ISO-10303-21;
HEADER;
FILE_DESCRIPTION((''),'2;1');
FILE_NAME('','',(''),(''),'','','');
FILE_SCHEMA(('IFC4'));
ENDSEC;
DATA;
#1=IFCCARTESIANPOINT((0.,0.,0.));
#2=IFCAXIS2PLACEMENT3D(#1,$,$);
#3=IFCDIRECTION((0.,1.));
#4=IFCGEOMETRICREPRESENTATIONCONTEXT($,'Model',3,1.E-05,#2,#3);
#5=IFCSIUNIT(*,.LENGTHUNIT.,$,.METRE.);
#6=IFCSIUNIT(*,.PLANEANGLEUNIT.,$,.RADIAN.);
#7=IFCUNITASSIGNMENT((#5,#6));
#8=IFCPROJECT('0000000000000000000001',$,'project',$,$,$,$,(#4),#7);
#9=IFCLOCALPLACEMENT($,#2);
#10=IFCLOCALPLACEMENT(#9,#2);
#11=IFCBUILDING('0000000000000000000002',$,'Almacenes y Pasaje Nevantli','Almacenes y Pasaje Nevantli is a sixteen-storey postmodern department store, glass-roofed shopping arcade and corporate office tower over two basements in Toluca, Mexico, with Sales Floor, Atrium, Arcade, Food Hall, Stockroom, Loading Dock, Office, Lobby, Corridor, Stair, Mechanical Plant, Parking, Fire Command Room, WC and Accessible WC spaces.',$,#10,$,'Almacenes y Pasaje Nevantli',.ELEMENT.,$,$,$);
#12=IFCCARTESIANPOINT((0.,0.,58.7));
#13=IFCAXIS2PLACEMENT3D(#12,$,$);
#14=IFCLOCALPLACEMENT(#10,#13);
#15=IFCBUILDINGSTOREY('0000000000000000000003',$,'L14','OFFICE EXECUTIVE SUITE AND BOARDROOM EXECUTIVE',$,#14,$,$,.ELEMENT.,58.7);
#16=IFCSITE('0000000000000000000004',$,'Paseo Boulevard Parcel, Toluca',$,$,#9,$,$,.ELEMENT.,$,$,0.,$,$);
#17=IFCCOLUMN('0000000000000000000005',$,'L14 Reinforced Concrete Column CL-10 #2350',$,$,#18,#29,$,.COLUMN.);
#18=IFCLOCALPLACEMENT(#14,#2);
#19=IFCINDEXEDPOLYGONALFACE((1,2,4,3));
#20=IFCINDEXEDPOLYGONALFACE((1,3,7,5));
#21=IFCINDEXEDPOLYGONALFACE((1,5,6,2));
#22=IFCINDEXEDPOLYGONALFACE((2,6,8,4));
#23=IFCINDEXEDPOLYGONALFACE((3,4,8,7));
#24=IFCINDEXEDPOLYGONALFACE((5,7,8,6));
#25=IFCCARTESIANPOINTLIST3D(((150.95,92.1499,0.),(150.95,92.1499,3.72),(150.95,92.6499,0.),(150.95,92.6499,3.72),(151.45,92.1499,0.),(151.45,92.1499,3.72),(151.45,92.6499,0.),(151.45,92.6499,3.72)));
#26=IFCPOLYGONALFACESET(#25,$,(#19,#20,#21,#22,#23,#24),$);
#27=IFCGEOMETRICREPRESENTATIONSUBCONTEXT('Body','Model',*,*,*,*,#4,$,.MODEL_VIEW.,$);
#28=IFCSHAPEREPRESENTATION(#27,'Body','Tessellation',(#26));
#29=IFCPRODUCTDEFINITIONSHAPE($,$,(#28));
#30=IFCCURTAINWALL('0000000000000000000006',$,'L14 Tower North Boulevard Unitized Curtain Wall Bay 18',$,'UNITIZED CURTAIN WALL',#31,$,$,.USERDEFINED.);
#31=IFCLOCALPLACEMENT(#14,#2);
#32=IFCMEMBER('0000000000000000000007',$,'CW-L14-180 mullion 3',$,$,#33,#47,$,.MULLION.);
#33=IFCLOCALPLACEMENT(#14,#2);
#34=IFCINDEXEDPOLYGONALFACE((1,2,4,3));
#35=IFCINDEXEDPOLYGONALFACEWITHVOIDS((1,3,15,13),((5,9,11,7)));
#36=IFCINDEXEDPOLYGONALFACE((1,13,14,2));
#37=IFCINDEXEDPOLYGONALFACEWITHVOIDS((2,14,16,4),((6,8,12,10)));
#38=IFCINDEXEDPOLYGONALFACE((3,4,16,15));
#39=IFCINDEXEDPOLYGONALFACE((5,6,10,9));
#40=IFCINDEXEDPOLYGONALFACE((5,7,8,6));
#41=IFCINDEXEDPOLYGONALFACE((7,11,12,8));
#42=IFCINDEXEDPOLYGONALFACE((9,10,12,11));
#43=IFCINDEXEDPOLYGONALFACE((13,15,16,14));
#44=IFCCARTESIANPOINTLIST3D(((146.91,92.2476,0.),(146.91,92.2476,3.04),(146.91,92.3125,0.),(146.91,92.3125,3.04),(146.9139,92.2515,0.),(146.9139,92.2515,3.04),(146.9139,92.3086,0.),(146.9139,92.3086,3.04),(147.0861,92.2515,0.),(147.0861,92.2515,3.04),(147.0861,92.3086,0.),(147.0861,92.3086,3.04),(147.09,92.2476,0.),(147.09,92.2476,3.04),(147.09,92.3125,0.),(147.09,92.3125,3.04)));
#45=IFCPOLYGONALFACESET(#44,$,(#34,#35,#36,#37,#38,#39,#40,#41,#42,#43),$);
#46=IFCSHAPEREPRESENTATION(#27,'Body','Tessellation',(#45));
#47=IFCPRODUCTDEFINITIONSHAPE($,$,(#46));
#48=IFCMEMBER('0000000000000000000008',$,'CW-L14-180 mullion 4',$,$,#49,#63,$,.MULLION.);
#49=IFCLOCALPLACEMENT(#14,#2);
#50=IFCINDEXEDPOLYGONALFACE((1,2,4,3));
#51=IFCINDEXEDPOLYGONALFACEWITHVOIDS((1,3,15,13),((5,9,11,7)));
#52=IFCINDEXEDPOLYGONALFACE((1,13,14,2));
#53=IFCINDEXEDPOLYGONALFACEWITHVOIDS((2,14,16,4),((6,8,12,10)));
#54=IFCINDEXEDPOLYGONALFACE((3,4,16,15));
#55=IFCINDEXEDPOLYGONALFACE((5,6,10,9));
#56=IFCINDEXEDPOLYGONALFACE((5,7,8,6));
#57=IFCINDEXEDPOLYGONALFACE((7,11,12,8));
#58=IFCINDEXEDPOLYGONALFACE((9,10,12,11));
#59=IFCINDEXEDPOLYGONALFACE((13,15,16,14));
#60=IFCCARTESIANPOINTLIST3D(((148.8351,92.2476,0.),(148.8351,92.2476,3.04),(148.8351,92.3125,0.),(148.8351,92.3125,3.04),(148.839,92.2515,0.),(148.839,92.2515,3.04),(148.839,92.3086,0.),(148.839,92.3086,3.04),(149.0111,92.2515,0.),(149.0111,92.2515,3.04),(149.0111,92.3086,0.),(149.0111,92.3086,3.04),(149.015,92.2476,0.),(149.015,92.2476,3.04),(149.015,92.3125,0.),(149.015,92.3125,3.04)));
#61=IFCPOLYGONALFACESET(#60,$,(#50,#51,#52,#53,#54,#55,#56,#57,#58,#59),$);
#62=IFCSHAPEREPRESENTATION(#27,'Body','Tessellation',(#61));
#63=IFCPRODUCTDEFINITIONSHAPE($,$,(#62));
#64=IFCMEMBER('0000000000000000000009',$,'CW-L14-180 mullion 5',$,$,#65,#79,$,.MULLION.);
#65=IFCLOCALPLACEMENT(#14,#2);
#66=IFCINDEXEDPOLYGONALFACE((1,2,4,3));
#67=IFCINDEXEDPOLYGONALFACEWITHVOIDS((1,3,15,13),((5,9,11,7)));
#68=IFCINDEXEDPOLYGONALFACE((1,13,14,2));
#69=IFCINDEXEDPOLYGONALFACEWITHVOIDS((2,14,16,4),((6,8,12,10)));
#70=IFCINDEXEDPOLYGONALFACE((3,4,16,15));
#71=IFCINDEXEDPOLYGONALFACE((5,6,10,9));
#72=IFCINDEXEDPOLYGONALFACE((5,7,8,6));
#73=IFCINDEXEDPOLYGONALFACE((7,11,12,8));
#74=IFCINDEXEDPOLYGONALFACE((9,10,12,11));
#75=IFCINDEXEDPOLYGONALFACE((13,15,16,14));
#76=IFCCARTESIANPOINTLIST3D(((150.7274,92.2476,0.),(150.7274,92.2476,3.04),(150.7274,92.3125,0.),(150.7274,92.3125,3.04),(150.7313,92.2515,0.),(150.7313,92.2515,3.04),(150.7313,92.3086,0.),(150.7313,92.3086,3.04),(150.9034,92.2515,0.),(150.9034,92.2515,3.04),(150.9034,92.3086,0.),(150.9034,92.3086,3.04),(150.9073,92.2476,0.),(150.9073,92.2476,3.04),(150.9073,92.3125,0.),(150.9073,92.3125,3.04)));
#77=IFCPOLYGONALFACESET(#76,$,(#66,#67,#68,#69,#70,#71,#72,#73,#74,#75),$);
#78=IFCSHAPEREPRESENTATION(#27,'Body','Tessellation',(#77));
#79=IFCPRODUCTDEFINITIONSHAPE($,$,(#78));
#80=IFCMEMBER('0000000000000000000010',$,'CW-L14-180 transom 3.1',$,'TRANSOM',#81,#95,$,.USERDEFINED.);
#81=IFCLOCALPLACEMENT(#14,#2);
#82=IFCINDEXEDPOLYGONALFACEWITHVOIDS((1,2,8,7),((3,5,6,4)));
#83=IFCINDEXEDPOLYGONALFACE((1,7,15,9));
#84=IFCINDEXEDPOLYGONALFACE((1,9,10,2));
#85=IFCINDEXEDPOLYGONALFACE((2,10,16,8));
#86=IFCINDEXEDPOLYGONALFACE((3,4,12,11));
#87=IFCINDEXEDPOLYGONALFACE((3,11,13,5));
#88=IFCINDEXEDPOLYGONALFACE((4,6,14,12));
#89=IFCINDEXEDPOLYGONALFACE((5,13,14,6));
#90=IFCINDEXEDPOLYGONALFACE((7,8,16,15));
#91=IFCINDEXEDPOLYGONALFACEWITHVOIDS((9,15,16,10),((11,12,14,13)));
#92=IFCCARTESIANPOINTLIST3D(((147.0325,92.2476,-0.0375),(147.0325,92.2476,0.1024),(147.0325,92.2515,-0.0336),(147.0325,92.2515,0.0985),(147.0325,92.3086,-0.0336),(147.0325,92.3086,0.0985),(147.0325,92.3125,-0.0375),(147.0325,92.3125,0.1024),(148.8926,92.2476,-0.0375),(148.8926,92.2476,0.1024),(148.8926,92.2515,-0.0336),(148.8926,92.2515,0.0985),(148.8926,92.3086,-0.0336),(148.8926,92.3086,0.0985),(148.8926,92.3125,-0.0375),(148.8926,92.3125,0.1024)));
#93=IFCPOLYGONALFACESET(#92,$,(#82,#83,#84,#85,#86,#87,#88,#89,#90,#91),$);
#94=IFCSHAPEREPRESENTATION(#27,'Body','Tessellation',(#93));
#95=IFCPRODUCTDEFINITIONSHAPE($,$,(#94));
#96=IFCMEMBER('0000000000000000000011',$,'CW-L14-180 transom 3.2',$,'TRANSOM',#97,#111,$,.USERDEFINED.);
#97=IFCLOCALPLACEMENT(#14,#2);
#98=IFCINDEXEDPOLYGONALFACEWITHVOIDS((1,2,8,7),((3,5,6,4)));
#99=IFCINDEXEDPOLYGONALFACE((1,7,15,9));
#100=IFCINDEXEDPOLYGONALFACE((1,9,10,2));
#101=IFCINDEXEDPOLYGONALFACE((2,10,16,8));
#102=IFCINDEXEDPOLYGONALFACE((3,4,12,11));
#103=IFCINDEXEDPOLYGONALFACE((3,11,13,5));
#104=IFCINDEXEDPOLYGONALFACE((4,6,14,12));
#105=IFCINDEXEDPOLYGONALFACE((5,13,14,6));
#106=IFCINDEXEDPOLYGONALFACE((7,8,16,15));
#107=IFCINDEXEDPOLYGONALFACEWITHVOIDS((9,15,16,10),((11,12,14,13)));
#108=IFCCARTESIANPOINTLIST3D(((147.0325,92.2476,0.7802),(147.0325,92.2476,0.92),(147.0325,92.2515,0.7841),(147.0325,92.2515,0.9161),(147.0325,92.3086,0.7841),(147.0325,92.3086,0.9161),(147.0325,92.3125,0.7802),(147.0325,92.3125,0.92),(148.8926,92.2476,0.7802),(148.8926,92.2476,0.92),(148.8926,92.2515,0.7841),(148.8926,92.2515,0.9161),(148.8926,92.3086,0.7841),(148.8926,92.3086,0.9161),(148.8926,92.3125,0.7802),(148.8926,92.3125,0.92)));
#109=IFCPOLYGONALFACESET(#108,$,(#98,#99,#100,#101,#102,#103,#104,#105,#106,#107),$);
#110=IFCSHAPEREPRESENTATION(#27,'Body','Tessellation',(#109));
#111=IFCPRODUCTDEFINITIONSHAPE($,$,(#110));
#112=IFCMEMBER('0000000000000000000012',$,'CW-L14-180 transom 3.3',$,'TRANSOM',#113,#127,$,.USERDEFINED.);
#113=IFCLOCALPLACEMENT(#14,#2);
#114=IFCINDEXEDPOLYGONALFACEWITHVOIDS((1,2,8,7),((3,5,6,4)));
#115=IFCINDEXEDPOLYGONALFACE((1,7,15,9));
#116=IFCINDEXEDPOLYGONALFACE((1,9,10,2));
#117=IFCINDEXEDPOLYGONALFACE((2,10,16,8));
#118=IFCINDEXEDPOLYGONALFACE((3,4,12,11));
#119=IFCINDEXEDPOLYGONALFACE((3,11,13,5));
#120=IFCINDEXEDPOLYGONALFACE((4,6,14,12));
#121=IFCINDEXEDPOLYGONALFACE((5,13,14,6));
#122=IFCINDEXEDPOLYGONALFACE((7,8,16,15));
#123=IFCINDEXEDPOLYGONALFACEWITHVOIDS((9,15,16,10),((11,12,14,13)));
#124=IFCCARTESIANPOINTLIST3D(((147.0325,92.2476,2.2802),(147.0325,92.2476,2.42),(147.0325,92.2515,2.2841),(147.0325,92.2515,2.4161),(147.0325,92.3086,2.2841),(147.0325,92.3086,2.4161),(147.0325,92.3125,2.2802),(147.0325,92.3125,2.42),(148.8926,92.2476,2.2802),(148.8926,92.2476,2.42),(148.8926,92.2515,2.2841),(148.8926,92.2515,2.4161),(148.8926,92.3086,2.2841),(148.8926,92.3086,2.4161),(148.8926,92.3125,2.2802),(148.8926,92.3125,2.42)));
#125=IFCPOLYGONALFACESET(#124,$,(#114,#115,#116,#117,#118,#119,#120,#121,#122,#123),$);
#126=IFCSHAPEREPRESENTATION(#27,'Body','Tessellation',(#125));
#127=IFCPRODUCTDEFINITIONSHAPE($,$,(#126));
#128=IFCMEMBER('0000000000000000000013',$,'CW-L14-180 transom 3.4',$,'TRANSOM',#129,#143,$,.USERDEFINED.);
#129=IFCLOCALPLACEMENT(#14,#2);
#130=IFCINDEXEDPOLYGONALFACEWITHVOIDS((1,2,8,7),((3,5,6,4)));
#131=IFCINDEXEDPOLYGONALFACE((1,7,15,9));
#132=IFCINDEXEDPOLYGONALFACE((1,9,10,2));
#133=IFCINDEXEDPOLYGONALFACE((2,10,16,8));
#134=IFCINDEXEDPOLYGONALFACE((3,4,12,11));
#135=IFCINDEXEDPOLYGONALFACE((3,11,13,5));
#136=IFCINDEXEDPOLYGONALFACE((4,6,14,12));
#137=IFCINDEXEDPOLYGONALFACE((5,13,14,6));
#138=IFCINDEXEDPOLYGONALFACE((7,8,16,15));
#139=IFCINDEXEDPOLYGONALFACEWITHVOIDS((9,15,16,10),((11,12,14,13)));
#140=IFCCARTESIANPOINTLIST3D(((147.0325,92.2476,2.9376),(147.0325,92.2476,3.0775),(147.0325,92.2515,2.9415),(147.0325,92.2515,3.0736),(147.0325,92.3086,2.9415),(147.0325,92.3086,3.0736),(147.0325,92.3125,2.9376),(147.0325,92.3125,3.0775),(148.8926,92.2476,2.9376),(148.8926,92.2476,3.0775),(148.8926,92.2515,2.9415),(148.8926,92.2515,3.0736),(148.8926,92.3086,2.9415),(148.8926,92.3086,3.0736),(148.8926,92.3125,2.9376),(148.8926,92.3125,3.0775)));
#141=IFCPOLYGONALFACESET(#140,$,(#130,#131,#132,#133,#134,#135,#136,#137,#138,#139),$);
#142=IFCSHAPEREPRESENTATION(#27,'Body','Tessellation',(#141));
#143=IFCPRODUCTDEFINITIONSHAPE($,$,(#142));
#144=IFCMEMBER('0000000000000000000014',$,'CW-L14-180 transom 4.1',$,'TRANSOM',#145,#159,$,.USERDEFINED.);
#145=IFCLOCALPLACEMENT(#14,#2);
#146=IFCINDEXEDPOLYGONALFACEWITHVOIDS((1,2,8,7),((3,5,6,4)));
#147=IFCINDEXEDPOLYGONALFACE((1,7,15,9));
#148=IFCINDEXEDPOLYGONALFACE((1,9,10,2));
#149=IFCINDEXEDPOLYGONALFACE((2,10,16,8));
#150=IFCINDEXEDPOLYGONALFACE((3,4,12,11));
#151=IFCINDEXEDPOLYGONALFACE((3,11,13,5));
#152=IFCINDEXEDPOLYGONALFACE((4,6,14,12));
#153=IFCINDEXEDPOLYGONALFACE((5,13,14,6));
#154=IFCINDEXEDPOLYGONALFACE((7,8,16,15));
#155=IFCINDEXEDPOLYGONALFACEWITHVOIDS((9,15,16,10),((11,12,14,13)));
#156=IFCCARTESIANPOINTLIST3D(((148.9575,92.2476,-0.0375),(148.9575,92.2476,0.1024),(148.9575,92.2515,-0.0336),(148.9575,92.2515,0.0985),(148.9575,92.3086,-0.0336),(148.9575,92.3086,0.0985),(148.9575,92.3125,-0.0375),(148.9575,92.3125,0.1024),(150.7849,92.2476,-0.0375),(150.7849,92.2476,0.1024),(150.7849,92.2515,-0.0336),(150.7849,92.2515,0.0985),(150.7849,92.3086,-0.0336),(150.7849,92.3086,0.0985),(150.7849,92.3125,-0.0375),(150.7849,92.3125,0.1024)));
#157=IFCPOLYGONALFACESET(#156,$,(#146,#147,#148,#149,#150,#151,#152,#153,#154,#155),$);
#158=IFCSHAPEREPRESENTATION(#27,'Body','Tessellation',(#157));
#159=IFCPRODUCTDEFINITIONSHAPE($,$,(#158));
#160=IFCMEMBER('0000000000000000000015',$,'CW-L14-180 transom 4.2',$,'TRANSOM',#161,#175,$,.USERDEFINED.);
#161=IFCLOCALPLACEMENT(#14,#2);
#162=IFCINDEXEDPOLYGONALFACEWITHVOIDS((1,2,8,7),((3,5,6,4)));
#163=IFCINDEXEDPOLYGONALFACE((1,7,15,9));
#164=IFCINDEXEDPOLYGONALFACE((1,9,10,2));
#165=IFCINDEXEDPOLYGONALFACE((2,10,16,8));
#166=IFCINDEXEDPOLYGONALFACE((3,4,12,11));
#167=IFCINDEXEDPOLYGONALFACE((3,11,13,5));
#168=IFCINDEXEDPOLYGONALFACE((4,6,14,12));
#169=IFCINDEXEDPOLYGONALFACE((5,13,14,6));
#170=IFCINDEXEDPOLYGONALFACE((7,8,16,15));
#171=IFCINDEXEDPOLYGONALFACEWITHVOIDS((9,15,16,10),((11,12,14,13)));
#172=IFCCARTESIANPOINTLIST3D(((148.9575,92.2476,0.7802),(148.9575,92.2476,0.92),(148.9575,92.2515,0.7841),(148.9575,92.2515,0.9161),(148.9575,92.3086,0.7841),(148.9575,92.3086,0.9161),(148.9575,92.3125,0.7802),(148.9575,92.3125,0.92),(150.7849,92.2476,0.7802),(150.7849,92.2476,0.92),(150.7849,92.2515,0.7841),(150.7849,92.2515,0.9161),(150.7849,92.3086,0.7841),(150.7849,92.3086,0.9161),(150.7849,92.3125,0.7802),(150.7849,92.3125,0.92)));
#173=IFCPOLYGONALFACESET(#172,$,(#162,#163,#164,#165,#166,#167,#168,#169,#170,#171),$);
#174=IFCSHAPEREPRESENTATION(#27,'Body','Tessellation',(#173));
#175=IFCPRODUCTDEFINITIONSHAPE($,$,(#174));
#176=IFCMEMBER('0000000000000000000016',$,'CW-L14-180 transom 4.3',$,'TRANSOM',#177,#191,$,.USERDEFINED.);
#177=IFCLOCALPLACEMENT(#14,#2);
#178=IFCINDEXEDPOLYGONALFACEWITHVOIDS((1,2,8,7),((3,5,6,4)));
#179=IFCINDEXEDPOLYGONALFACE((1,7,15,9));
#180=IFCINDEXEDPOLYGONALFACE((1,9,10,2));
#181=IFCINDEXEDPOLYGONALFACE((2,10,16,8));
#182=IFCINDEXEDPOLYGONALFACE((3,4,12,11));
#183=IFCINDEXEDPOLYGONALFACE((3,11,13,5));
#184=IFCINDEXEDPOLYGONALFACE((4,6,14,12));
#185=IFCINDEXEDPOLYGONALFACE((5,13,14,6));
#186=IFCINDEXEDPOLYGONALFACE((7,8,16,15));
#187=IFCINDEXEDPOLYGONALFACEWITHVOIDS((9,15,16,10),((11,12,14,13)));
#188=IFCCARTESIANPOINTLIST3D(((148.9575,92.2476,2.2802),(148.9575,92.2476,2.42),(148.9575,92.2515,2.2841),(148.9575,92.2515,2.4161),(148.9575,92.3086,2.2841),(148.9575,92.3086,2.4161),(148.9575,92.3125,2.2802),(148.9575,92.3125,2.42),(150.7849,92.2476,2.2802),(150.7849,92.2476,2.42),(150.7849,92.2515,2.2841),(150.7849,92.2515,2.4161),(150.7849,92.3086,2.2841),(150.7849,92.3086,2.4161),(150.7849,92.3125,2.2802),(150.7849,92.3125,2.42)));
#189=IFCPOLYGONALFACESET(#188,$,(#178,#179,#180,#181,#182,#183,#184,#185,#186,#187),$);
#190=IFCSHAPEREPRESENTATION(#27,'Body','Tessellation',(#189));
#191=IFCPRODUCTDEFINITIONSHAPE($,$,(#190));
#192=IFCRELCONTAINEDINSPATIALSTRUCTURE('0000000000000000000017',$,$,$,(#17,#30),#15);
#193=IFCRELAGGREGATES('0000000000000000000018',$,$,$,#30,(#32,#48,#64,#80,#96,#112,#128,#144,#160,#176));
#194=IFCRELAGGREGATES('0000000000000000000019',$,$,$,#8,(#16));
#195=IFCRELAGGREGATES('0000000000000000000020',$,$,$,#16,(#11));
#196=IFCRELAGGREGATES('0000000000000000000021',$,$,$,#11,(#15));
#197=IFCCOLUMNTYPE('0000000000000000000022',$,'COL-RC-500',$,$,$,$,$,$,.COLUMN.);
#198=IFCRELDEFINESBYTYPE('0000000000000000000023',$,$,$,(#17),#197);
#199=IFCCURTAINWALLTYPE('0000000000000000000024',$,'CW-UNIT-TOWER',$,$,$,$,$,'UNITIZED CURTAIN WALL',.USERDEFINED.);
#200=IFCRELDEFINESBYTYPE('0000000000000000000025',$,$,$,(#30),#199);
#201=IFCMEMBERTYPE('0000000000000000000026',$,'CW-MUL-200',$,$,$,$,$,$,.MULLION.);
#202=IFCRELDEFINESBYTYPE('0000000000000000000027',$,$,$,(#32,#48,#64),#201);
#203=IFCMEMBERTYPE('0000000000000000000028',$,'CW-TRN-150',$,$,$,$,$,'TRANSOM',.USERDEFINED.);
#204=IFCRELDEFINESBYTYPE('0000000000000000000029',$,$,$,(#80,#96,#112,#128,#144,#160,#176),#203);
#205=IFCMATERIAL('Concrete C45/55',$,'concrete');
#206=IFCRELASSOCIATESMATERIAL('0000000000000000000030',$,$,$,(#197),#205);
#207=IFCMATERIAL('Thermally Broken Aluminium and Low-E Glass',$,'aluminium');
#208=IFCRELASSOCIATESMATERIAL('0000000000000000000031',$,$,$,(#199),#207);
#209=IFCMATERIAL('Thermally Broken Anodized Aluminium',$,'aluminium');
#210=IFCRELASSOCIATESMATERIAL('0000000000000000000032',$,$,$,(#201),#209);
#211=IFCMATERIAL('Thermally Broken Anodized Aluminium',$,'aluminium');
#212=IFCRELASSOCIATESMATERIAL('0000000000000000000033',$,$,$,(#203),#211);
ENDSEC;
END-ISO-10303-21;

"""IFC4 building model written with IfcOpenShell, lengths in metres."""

from ifc_helpers import new_model, si_unit, direction, frame, origin, origin_2d, place, context, subcontext, project, spatial, rectangle, hollow_rectangle, extrude, material, material_profile, profile_set, type_object, element, aggregate, save


model = new_model("IFC4")

# Units and contexts
model_context = context("Model", 3, precision=1e-05, world=origin(), true_north=direction((0.0, 1.0)))
body_context = subcontext(model_context, "Body", "Model", "MODEL_VIEW")
ifc_project = project(units=[si_unit("LENGTHUNIT", "METRE"), si_unit("PLANEANGLEUNIT", "RADIAN")], contexts=[model_context])

# Site, building, storey
site_placement = place(None, origin())
site = spatial("IfcSite", under=ifc_project, at=site_placement, Name="Paseo Boulevard Parcel, Toluca", CompositionType="ELEMENT", RefElevation=0.0)
building_placement = place(site_placement, origin())
building = spatial("IfcBuilding", under=site, at=building_placement, Name="Almacenes y Pasaje Nevantli", Description="Almacenes y Pasaje Nevantli is a sixteen-storey postmodern department store, glass-roofed shopping arcade and corporate office tower over two basements in Toluca, Mexico, with Sales Floor, Atrium, Arcade, Food Hall, Stockroom, Loading Dock, Office, Lobby, Corridor, Stair, Mechanical Plant, Parking, Fire Command Room, WC and Accessible WC spaces.", LongName="Almacenes y Pasaje Nevantli", CompositionType="ELEMENT")
storey_placement = place(building_placement, frame((0.0, 0.0, 58.7)))
storey = spatial("IfcBuildingStorey", under=building, at=storey_placement, Name="L14", Description="OFFICE EXECUTIVE SUITE AND BOARDROOM EXECUTIVE", CompositionType="ELEMENT", Elevation=58.7)

# Column
ifc_material_1 = material(Name="Concrete C45/55", Category="concrete")
ifc_material_profile_1 = material_profile(ifc_material_1, rectangle(XDim=0.5, YDim=0.5, at=origin_2d()), Name="RC-COL-500x500")
ifc_profile_set_1 = profile_set([ifc_material_profile_1], Name="Concrete C45/55")
column_type = type_object("IfcColumnType", Name="COL-RC-500", PredefinedType="COLUMN", material=ifc_profile_set_1)
column_placement = place(storey_placement, frame((151.2, 92.3999, 0.0), z_axis=(0.0, 0.0, 1.0), x_axis=(1.0, 0.0, 0.0)))
element("IfcColumn", 1, at=column_placement, inside=storey, type_object=column_type, Name="L14 Reinforced Concrete Column CL-10 #2350", PredefinedType="COLUMN", context=body_context, shape_type="SweptSolid", body=[
    extrude(rectangle(XDim=0.5, YDim=0.5, at=origin_2d()), origin(), (0.0, 0.0, 1.0), 3.72),
])

# Curtain wall, members
ifc_material_2 = material(Name="Thermally Broken Aluminium and Low-E Glass", Category="aluminium")
curtain_wall_type = type_object("IfcCurtainWallType", Name="CW-UNIT-TOWER", ElementType="UNITIZED CURTAIN WALL", PredefinedType="USERDEFINED", material=ifc_material_2)
curtain_wall_placement = place(storey_placement, origin())
curtain_wall = element("IfcCurtainWall", 2, at=curtain_wall_placement, inside=storey, type_object=curtain_wall_type, Name="L14 Tower North Boulevard Unitized Curtain Wall Bay 18", ObjectType="UNITIZED CURTAIN WALL", PredefinedType="USERDEFINED")
ifc_material_3 = material(Name="Thermally Broken Anodized Aluminium", Category="aluminium")
ifc_material_profile_2 = material_profile(ifc_material_3, hollow_rectangle(XDim=0.0649, YDim=0.1799, WallThickness=0.0039, at=origin_2d()), Name="ALU-MUL-65x180")
ifc_profile_set_2 = profile_set([ifc_material_profile_2], Name="Thermally Broken Anodized Aluminium")
member_type_1 = type_object("IfcMemberType", Name="CW-MUL-200", PredefinedType="MULLION", material=ifc_profile_set_2)
member_1_placement = place(storey_placement, frame((147.0, 92.28, 0.0), z_axis=(0.0, 0.0, 1.0), x_axis=(0.0, 1.0, 0.0)))
member_1 = element("IfcMember", 3, at=member_1_placement, type_object=member_type_1, Name="CW-L14-180 mullion 3", PredefinedType="MULLION", context=body_context, shape_type="SweptSolid", body=[
    extrude(hollow_rectangle(XDim=0.0649, YDim=0.1799, WallThickness=0.0039, at=origin_2d()), origin(), (0.0, 0.0, 1.0), 3.04),
])
member_2_placement = place(storey_placement, frame((148.925, 92.28, 0.0), z_axis=(0.0, 0.0, 1.0), x_axis=(0.0, 1.0, 0.0)))
member_2 = element("IfcMember", 4, at=member_2_placement, type_object=member_type_1, Name="CW-L14-180 mullion 4", PredefinedType="MULLION", context=body_context, shape_type="SweptSolid", body=[
    extrude(hollow_rectangle(XDim=0.0649, YDim=0.1799, WallThickness=0.0039, at=origin_2d()), origin(), (0.0, 0.0, 1.0), 3.04),
])
member_3_placement = place(storey_placement, frame((150.8174, 92.28, 0.0), z_axis=(0.0, 0.0, 1.0), x_axis=(0.0, 1.0, 0.0)))
member_3 = element("IfcMember", 5, at=member_3_placement, type_object=member_type_1, Name="CW-L14-180 mullion 5", PredefinedType="MULLION", context=body_context, shape_type="SweptSolid", body=[
    extrude(hollow_rectangle(XDim=0.0649, YDim=0.1799, WallThickness=0.0039, at=origin_2d()), origin(), (0.0, 0.0, 1.0), 3.04),
])
ifc_material_4 = material(Name="Thermally Broken Anodized Aluminium", Category="aluminium")
ifc_material_profile_3 = material_profile(ifc_material_4, hollow_rectangle(XDim=0.0649, YDim=0.1399, WallThickness=0.0039, at=origin_2d()), Name="ALU-TRN-65x140")
ifc_profile_set_3 = profile_set([ifc_material_profile_3], Name="Thermally Broken Anodized Aluminium")
member_type_2 = type_object("IfcMemberType", Name="CW-TRN-150", ElementType="TRANSOM", PredefinedType="USERDEFINED", material=ifc_profile_set_3)
member_4_placement = place(storey_placement, frame((147.0325, 92.28, 0.0325), z_axis=(1.0, 0.0, 0.0), x_axis=(0.0, 1.0, 0.0)))
member_4 = element("IfcMember", 6, at=member_4_placement, type_object=member_type_2, Name="CW-L14-180 transom 3.1", ObjectType="TRANSOM", PredefinedType="USERDEFINED", context=body_context, shape_type="SweptSolid", body=[
    extrude(hollow_rectangle(XDim=0.0649, YDim=0.1399, WallThickness=0.0039, at=origin_2d()), origin(), (0.0, 0.0, 1.0), 1.8601),
])
member_5_placement = place(storey_placement, frame((147.0325, 92.28, 0.8501), z_axis=(1.0, 0.0, 0.0), x_axis=(0.0, 1.0, 0.0)))
member_5 = element("IfcMember", 7, at=member_5_placement, type_object=member_type_2, Name="CW-L14-180 transom 3.2", ObjectType="TRANSOM", PredefinedType="USERDEFINED", context=body_context, shape_type="SweptSolid", body=[
    extrude(hollow_rectangle(XDim=0.0649, YDim=0.1399, WallThickness=0.0039, at=origin_2d()), origin(), (0.0, 0.0, 1.0), 1.8601),
])
member_6_placement = place(storey_placement, frame((147.0325, 92.28, 2.3501), z_axis=(1.0, 0.0, 0.0), x_axis=(0.0, 1.0, 0.0)))
member_6 = element("IfcMember", 8, at=member_6_placement, type_object=member_type_2, Name="CW-L14-180 transom 3.3", ObjectType="TRANSOM", PredefinedType="USERDEFINED", context=body_context, shape_type="SweptSolid", body=[
    extrude(hollow_rectangle(XDim=0.0649, YDim=0.1399, WallThickness=0.0039, at=origin_2d()), origin(), (0.0, 0.0, 1.0), 1.8601),
])
member_7_placement = place(storey_placement, frame((147.0325, 92.28, 3.0076), z_axis=(1.0, 0.0, 0.0), x_axis=(0.0, 1.0, 0.0)))
member_7 = element("IfcMember", 9, at=member_7_placement, type_object=member_type_2, Name="CW-L14-180 transom 3.4", ObjectType="TRANSOM", PredefinedType="USERDEFINED", context=body_context, shape_type="SweptSolid", body=[
    extrude(hollow_rectangle(XDim=0.0649, YDim=0.1399, WallThickness=0.0039, at=origin_2d()), origin(), (0.0, 0.0, 1.0), 1.8601),
])
member_8_placement = place(storey_placement, frame((148.9575, 92.28, 0.0325), z_axis=(1.0, 0.0, 0.0), x_axis=(0.0, 1.0, 0.0)))
member_8 = element("IfcMember", 10, at=member_8_placement, type_object=member_type_2, Name="CW-L14-180 transom 4.1", ObjectType="TRANSOM", PredefinedType="USERDEFINED", context=body_context, shape_type="SweptSolid", body=[
    extrude(hollow_rectangle(XDim=0.0649, YDim=0.1399, WallThickness=0.0039, at=origin_2d()), origin(), (0.0, 0.0, 1.0), 1.8274),
])
member_9_placement = place(storey_placement, frame((148.9575, 92.28, 0.8501), z_axis=(1.0, 0.0, 0.0), x_axis=(0.0, 1.0, 0.0)))
member_9 = element("IfcMember", 11, at=member_9_placement, type_object=member_type_2, Name="CW-L14-180 transom 4.2", ObjectType="TRANSOM", PredefinedType="USERDEFINED", context=body_context, shape_type="SweptSolid", body=[
    extrude(hollow_rectangle(XDim=0.0649, YDim=0.1399, WallThickness=0.0039, at=origin_2d()), origin(), (0.0, 0.0, 1.0), 1.8274),
])
member_10_placement = place(storey_placement, frame((148.9575, 92.28, 2.3501), z_axis=(1.0, 0.0, 0.0), x_axis=(0.0, 1.0, 0.0)))
member_10 = element("IfcMember", 12, at=member_10_placement, type_object=member_type_2, Name="CW-L14-180 transom 4.3", ObjectType="TRANSOM", PredefinedType="USERDEFINED", context=body_context, shape_type="SweptSolid", body=[
    extrude(hollow_rectangle(XDim=0.0649, YDim=0.1399, WallThickness=0.0039, at=origin_2d()), origin(), (0.0, 0.0, 1.0), 1.8274),
])
aggregate(curtain_wall, [member_1, member_2, member_3, member_4, member_5, member_6, member_7, member_8, member_9, member_10])

save(model, "model.ifc")
